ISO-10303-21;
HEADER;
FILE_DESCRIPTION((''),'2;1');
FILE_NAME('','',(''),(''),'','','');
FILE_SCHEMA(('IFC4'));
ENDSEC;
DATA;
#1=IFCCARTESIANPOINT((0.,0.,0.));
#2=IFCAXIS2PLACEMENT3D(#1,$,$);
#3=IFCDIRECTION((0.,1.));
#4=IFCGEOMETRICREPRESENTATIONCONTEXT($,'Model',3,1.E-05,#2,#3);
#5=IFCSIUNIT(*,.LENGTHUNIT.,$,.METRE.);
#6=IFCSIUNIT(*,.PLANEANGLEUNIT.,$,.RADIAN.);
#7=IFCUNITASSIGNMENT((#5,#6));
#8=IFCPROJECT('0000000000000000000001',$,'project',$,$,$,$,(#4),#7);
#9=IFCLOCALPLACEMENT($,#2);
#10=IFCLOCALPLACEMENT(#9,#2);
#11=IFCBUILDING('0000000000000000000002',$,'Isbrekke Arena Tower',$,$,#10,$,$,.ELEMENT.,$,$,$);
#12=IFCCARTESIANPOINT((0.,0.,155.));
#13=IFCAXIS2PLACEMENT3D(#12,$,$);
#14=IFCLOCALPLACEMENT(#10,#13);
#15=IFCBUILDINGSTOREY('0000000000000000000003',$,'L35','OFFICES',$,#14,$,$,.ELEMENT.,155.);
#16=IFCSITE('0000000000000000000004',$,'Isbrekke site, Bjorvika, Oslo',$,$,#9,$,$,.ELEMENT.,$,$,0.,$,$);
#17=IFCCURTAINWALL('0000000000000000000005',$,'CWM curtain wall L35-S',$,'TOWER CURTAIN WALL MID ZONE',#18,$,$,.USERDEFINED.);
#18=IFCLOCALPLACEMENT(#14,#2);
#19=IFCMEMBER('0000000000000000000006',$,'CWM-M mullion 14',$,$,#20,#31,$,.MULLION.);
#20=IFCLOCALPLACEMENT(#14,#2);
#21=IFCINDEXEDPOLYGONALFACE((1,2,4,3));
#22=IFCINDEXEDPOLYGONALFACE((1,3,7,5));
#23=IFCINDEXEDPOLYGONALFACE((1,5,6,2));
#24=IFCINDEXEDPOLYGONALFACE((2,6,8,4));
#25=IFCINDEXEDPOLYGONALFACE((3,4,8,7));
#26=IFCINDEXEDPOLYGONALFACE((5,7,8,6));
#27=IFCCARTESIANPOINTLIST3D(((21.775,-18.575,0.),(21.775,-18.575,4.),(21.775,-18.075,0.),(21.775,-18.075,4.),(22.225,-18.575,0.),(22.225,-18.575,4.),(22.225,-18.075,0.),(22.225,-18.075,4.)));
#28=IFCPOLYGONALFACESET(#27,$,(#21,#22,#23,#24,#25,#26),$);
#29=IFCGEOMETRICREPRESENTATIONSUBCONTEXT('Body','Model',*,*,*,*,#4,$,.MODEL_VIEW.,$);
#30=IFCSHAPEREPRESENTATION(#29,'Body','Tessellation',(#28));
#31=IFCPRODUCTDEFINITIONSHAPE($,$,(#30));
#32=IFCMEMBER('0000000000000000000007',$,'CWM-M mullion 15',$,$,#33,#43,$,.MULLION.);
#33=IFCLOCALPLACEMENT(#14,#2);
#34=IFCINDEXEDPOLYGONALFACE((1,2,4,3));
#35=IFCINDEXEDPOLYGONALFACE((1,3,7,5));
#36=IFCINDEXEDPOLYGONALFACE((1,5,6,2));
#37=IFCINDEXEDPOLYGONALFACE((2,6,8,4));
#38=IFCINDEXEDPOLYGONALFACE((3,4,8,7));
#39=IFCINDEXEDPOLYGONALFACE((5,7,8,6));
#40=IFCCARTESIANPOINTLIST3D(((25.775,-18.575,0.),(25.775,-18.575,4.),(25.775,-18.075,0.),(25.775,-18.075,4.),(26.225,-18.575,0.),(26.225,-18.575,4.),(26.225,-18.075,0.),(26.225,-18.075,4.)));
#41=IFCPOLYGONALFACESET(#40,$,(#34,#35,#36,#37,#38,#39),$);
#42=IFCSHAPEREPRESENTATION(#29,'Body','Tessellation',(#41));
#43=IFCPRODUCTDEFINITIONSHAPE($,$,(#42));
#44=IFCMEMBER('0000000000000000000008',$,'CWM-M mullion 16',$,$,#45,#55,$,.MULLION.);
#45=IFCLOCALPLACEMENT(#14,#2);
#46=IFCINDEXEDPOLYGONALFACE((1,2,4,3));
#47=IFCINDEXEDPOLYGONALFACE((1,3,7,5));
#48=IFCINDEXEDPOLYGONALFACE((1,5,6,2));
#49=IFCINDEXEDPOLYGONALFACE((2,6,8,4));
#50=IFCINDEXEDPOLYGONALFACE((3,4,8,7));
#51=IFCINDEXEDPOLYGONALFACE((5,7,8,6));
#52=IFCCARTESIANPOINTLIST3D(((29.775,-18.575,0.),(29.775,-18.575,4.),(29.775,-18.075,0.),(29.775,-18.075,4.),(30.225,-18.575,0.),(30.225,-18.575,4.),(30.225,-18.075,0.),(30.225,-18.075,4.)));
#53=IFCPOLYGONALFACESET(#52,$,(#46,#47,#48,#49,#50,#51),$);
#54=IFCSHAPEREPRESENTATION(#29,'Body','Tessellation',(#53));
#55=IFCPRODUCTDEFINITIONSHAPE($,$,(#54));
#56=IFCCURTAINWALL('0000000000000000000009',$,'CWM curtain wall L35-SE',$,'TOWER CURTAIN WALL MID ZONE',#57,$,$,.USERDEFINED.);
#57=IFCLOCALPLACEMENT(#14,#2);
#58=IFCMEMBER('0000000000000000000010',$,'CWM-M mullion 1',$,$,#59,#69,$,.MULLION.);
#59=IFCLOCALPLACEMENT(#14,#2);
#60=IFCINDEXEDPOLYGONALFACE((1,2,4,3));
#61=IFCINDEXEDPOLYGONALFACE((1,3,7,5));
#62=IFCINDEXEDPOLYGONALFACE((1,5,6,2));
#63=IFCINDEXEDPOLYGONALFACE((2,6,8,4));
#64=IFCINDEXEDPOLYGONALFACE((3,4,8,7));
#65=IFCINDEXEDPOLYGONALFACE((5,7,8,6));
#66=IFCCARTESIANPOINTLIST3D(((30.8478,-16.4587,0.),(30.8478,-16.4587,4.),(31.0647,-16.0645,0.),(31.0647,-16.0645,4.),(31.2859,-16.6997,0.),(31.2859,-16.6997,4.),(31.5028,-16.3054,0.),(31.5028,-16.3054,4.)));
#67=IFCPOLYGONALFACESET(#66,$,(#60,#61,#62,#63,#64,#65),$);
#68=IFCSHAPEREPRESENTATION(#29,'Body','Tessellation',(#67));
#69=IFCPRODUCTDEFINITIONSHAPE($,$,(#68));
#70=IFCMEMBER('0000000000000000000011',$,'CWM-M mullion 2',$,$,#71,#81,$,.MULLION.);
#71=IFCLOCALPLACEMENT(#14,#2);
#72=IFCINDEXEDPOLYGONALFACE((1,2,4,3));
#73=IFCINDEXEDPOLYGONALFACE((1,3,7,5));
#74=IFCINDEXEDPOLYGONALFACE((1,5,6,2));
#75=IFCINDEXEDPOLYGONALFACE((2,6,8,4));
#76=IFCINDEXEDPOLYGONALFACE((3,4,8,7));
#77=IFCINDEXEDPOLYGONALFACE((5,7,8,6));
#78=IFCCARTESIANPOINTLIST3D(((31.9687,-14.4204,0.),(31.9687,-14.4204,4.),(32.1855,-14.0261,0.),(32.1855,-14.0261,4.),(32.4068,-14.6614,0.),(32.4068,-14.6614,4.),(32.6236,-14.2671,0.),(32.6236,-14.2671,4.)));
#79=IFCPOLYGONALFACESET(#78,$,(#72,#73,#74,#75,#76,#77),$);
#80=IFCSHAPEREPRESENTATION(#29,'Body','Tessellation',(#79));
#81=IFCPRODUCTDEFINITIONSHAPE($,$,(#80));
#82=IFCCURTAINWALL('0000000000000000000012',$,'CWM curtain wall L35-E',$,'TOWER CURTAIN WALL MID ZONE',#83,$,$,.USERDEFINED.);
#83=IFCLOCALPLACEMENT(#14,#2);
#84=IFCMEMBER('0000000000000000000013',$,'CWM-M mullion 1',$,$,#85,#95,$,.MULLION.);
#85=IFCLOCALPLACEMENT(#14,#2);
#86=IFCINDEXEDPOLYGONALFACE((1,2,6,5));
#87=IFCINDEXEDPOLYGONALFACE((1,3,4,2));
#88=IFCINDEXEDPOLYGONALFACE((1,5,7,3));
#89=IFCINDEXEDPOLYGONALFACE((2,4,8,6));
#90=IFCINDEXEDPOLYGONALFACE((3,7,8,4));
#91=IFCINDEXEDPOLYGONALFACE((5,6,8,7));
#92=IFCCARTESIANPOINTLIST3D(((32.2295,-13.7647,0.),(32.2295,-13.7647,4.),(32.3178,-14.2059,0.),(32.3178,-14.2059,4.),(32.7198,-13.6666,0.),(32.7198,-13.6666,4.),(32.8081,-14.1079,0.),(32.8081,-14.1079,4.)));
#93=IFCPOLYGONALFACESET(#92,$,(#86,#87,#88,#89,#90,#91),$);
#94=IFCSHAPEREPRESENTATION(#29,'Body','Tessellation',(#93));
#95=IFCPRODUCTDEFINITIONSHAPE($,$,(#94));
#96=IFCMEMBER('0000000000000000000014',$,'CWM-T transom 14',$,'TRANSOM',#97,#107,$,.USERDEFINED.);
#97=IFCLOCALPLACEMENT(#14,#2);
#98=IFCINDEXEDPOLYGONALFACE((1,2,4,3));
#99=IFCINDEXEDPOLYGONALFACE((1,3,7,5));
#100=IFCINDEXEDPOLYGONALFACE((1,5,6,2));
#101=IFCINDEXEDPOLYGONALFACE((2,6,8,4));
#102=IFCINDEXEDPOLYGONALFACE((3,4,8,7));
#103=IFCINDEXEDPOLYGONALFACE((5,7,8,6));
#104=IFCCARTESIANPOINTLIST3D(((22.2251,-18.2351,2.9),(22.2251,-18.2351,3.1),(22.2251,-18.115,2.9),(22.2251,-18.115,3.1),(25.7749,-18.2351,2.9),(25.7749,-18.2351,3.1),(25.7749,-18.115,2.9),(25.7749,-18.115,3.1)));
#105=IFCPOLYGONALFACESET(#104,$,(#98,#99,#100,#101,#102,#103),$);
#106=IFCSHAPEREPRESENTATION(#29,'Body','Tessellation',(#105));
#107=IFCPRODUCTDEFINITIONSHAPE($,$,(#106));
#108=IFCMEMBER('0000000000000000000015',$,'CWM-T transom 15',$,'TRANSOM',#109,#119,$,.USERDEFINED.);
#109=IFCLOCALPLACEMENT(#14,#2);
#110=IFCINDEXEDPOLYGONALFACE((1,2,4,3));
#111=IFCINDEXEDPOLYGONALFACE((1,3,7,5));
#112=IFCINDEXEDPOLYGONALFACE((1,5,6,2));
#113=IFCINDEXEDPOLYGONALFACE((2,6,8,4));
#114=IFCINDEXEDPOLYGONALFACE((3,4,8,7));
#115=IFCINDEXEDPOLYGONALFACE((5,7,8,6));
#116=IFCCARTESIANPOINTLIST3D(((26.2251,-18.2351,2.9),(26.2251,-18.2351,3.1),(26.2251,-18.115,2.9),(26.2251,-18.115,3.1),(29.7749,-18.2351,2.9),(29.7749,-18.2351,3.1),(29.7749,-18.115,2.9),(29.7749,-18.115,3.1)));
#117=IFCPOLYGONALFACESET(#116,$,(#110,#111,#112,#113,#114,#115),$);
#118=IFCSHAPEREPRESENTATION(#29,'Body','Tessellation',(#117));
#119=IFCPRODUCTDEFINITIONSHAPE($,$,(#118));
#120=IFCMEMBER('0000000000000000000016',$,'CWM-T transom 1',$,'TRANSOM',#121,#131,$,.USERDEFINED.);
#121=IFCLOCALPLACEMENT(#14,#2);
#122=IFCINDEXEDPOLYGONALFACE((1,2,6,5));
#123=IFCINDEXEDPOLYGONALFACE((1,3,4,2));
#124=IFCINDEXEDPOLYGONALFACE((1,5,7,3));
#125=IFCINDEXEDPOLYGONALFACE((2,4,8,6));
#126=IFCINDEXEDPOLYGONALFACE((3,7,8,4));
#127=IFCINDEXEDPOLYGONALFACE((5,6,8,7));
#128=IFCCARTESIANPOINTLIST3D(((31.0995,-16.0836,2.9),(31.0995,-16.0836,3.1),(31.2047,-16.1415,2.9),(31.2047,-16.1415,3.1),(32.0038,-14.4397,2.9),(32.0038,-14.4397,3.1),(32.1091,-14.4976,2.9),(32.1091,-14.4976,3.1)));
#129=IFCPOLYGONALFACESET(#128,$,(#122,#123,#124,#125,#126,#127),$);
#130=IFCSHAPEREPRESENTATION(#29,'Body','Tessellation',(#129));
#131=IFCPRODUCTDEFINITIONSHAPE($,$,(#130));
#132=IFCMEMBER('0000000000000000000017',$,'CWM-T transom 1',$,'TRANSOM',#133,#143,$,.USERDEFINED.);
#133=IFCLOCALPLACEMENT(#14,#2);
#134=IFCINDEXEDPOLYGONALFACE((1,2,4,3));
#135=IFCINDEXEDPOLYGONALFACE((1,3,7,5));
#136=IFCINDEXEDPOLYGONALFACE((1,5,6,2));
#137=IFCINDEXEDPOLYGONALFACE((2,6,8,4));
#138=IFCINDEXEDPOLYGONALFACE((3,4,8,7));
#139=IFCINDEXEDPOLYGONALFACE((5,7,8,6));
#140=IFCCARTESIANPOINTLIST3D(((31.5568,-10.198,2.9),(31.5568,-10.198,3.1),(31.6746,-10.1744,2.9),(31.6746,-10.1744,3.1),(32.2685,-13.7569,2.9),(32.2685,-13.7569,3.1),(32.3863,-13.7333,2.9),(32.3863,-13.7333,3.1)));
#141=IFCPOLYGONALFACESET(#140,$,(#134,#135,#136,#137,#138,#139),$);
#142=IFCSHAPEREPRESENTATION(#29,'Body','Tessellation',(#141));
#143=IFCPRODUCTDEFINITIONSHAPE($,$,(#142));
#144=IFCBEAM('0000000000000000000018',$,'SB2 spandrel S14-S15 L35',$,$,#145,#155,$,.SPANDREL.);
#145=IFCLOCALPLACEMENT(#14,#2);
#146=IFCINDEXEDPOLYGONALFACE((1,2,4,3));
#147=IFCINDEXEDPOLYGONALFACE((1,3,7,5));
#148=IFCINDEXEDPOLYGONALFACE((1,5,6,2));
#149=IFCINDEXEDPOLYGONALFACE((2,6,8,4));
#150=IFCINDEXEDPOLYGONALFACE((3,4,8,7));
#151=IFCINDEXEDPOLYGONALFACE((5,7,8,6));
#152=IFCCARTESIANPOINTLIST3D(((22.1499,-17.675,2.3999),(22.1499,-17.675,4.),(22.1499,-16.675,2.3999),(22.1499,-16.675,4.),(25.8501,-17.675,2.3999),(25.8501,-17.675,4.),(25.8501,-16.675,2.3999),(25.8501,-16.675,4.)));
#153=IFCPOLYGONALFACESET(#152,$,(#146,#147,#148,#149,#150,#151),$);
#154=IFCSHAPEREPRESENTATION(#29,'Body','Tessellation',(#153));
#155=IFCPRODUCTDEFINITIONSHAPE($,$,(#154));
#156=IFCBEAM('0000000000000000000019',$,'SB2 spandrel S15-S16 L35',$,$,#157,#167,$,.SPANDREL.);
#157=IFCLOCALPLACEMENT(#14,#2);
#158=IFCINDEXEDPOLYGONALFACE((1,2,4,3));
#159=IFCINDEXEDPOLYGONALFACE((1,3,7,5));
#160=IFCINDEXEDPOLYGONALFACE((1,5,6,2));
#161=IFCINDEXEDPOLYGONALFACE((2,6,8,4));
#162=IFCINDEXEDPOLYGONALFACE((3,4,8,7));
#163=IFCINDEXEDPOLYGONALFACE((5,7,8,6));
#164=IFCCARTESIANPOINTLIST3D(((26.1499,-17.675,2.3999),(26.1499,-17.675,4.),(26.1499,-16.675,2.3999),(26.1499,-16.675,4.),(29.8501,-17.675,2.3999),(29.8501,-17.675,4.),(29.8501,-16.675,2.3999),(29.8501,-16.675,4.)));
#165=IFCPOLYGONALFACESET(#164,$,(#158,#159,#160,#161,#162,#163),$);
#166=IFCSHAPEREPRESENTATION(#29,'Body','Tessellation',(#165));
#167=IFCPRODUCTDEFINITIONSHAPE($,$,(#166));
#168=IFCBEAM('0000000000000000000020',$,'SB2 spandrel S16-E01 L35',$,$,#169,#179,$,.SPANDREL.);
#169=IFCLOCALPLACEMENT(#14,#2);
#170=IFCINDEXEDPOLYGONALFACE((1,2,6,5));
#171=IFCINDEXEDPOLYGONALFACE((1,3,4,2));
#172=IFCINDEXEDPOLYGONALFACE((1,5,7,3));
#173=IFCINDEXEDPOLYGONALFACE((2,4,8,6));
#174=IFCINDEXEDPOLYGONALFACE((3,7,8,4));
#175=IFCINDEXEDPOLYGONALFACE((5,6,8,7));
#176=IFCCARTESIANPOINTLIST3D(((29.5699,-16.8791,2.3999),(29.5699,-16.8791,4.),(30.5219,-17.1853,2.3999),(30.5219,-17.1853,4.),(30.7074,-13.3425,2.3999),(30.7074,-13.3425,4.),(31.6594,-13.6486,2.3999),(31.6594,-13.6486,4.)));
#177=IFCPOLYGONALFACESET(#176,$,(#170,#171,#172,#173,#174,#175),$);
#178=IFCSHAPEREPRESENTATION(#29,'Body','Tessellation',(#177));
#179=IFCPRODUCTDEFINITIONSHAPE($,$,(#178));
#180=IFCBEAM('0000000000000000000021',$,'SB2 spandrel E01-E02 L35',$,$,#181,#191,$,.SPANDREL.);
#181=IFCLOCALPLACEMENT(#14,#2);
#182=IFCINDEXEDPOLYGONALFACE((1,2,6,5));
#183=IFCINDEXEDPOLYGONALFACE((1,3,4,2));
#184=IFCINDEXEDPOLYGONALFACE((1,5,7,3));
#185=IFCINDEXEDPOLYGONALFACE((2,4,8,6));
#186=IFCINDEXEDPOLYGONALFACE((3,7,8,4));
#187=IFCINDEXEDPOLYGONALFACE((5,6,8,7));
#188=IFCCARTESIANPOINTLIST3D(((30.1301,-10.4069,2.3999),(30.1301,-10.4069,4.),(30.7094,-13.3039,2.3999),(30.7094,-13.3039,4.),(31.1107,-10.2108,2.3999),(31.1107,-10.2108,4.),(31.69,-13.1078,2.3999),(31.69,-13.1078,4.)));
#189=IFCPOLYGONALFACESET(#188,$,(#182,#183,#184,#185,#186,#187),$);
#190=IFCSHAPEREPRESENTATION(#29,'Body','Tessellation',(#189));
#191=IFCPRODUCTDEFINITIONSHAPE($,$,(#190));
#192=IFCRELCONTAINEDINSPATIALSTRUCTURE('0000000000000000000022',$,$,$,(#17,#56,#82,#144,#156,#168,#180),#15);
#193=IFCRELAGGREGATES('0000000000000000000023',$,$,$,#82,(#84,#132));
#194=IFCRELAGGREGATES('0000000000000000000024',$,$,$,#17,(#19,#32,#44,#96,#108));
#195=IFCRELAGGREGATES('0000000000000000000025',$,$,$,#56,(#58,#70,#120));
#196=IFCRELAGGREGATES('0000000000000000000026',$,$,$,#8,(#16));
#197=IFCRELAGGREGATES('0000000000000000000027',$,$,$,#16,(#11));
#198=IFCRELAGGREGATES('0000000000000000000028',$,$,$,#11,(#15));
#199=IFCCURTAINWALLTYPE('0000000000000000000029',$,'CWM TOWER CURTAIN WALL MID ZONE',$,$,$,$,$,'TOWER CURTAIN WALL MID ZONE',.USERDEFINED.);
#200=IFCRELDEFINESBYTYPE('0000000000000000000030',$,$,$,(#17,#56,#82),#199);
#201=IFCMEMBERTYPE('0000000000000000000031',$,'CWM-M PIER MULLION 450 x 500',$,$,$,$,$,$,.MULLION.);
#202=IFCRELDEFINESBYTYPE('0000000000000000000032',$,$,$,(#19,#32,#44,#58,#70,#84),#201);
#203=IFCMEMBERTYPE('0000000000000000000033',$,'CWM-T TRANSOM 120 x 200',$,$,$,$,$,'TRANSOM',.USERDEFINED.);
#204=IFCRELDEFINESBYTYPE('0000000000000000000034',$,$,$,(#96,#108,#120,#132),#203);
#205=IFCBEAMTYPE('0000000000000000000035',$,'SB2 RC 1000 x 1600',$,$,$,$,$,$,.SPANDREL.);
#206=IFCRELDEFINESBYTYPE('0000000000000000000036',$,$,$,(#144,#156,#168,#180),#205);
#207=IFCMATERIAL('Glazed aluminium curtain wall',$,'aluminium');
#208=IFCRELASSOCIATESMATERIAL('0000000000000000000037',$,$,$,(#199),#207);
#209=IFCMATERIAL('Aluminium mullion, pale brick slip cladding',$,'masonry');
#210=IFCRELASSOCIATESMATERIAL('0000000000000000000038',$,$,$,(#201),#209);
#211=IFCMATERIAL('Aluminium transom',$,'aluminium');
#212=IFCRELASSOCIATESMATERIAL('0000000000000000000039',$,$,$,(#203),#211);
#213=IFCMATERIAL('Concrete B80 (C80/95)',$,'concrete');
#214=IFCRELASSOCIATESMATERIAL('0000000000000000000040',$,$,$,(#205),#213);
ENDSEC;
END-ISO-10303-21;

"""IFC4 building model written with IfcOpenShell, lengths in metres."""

from ifc_helpers import new_model, si_unit, direction, frame, origin, origin_2d, place, context, subcontext, project, spatial, rectangle, extrude, material, material_profile, profile_set, type_object, element, aggregate, save


model = new_model("IFC4")

# Units and contexts
model_context = context("Model", 3, precision=1e-05, world=origin(), true_north=direction((0.0, 1.0)))
body_context = subcontext(model_context, "Body", "Model", "MODEL_VIEW")
ifc_project = project(units=[si_unit("LENGTHUNIT", "METRE"), si_unit("PLANEANGLEUNIT", "RADIAN")], contexts=[model_context])

# Site, building, storey
site_placement = place(None, origin())
site = spatial("IfcSite", under=ifc_project, at=site_placement, Name="Isbrekke site, Bjorvika, Oslo", CompositionType="ELEMENT", RefElevation=0.0)
building_placement = place(site_placement, origin())
building = spatial("IfcBuilding", under=site, at=building_placement, Name="Isbrekke Arena Tower", CompositionType="ELEMENT")
storey_placement = place(building_placement, frame((0.0, 0.0, 155.0)))
storey = spatial("IfcBuildingStorey", under=building, at=storey_placement, Name="L35", Description="OFFICES", CompositionType="ELEMENT", Elevation=155.0)

# Curtain walls, members
ifc_material_1 = material(Name="Glazed aluminium curtain wall", Category="aluminium")
curtain_wall_type = type_object("IfcCurtainWallType", Name="CWM TOWER CURTAIN WALL MID ZONE", ElementType="TOWER CURTAIN WALL MID ZONE", PredefinedType="USERDEFINED", material=ifc_material_1)
curtain_wall_1_placement = place(storey_placement, origin())
curtain_wall_1 = element("IfcCurtainWall", 1, at=curtain_wall_1_placement, inside=storey, type_object=curtain_wall_type, Name="CWM curtain wall L35-S", ObjectType="TOWER CURTAIN WALL MID ZONE", PredefinedType="USERDEFINED")
ifc_material_2 = material(Name="Aluminium mullion, pale brick slip cladding", Category="masonry")
ifc_material_profile_1 = material_profile(ifc_material_2, rectangle(XDim=0.45, YDim=0.5, at=origin_2d()), Name="PIER 450X500")
ifc_profile_set_1 = profile_set([ifc_material_profile_1], Name="Aluminium mullion, pale brick slip cladding")
member_type_1 = type_object("IfcMemberType", Name="CWM-M PIER MULLION 450 x 500", PredefinedType="MULLION", material=ifc_profile_set_1)
member_1_placement = place(storey_placement, frame((22.0, -18.325, 0.0), z_axis=(0.0, 0.0, 1.0), x_axis=(1.0, 0.0, 0.0)))
member_1 = element("IfcMember", 2, at=member_1_placement, type_object=member_type_1, Name="CWM-M mullion 14", PredefinedType="MULLION", context=body_context, shape_type="SweptSolid", body=[
    extrude(rectangle(XDim=0.45, YDim=0.5, at=origin_2d()), origin(), (0.0, 0.0, 1.0), 4.0),
])
member_2_placement = place(storey_placement, frame((26.0, -18.325, 0.0), z_axis=(0.0, 0.0, 1.0), x_axis=(1.0, 0.0, 0.0)))
member_2 = element("IfcMember", 3, at=member_2_placement, type_object=member_type_1, Name="CWM-M mullion 15", PredefinedType="MULLION", context=body_context, shape_type="SweptSolid", body=[
    extrude(rectangle(XDim=0.45, YDim=0.5, at=origin_2d()), origin(), (0.0, 0.0, 1.0), 4.0),
])
member_3_placement = place(storey_placement, frame((30.0, -18.325, 0.0), z_axis=(0.0, 0.0, 1.0), x_axis=(1.0, 0.0, 0.0)))
member_3 = element("IfcMember", 4, at=member_3_placement, type_object=member_type_1, Name="CWM-M mullion 16", PredefinedType="MULLION", context=body_context, shape_type="SweptSolid", body=[
    extrude(rectangle(XDim=0.45, YDim=0.5, at=origin_2d()), origin(), (0.0, 0.0, 1.0), 4.0),
])
curtain_wall_2_placement = place(storey_placement, origin())
curtain_wall_2 = element("IfcCurtainWall", 5, at=curtain_wall_2_placement, inside=storey, type_object=curtain_wall_type, Name="CWM curtain wall L35-SE", ObjectType="TOWER CURTAIN WALL MID ZONE", PredefinedType="USERDEFINED")
member_4_placement = place(storey_placement, frame((31.1753, -16.3821, 0.0), z_axis=(0.0, 0.0, 1.0), x_axis=(0.481919, 0.876216, 0.0)))
member_4 = element("IfcMember", 6, at=member_4_placement, type_object=member_type_1, Name="CWM-M mullion 1", PredefinedType="MULLION", context=body_context, shape_type="SweptSolid", body=[
    extrude(rectangle(XDim=0.45, YDim=0.5, at=origin_2d()), origin(), (0.0, 0.0, 1.0), 4.0),
])
member_5_placement = place(storey_placement, frame((32.2961, -14.3438, 0.0), z_axis=(0.0, 0.0, 1.0), x_axis=(0.481919, 0.876216, 0.0)))
member_5 = element("IfcMember", 7, at=member_5_placement, type_object=member_type_1, Name="CWM-M mullion 2", PredefinedType="MULLION", context=body_context, shape_type="SweptSolid", body=[
    extrude(rectangle(XDim=0.45, YDim=0.5, at=origin_2d()), origin(), (0.0, 0.0, 1.0), 4.0),
])

# Curtain wall, member
curtain_wall_3_placement = place(storey_placement, origin())
curtain_wall_3 = element("IfcCurtainWall", 8, at=curtain_wall_3_placement, inside=storey, type_object=curtain_wall_type, Name="CWM curtain wall L35-E", ObjectType="TOWER CURTAIN WALL MID ZONE", PredefinedType="USERDEFINED")
member_6_placement = place(storey_placement, frame((32.5188, -13.9363, 0.0), z_axis=(0.0, 0.0, 1.0), x_axis=(-0.196116, 0.980581, 0.0)))
member_6 = element("IfcMember", 9, at=member_6_placement, type_object=member_type_1, Name="CWM-M mullion 1", PredefinedType="MULLION", context=body_context, shape_type="SweptSolid", body=[
    extrude(rectangle(XDim=0.45, YDim=0.5, at=origin_2d()), origin(), (0.0, 0.0, 1.0), 4.0),
])

# Members
ifc_material_3 = material(Name="Aluminium transom", Category="aluminium")
ifc_material_profile_2 = material_profile(ifc_material_3, rectangle(XDim=0.1201, YDim=0.2, at=origin_2d()), Name="TRANSOM 120X200")
ifc_profile_set_2 = profile_set([ifc_material_profile_2], Name="Aluminium transom")
member_type_2 = type_object("IfcMemberType", Name="CWM-T TRANSOM 120 x 200", ElementType="TRANSOM", PredefinedType="USERDEFINED", material=ifc_profile_set_2)
member_7_placement = place(storey_placement, frame((22.2251, -18.175, 3.0), z_axis=(1.0, 0.0, 0.0), x_axis=(0.0, 1.0, 0.0)))
member_7 = element("IfcMember", 10, at=member_7_placement, type_object=member_type_2, Name="CWM-T transom 14", ObjectType="TRANSOM", PredefinedType="USERDEFINED", context=body_context, shape_type="SweptSolid", body=[
    extrude(rectangle(XDim=0.1201, YDim=0.2, at=origin_2d()), origin(), (0.0, 0.0, 1.0), 3.5498),
])
member_8_placement = place(storey_placement, frame((26.2251, -18.175, 3.0), z_axis=(1.0, 0.0, 0.0), x_axis=(0.0, 1.0, 0.0)))
member_8 = element("IfcMember", 11, at=member_8_placement, type_object=member_type_2, Name="CWM-T transom 15", ObjectType="TRANSOM", PredefinedType="USERDEFINED", context=body_context, shape_type="SweptSolid", body=[
    extrude(rectangle(XDim=0.1201, YDim=0.2, at=origin_2d()), origin(), (0.0, 0.0, 1.0), 3.5498),
])
member_9_placement = place(storey_placement, frame((31.1521, -16.1125, 3.0), z_axis=(0.482004, 0.876169, 0.0), x_axis=(-0.876169, 0.482004, 0.0)))
member_9 = element("IfcMember", 12, at=member_9_placement, type_object=member_type_2, Name="CWM-T transom 1", ObjectType="TRANSOM", PredefinedType="USERDEFINED", context=body_context, shape_type="SweptSolid", body=[
    extrude(rectangle(XDim=0.1201, YDim=0.2, at=origin_2d()), origin(), (0.0, 0.0, 1.0), 1.8762),
])
member_10_placement = place(storey_placement, frame((32.3274, -13.7451, 3.0), z_axis=(-0.19609, 0.980586, 0.0), x_axis=(-0.980586, -0.19609, 0.0)))
member_10 = element("IfcMember", 13, at=member_10_placement, type_object=member_type_2, Name="CWM-T transom 1", ObjectType="TRANSOM", PredefinedType="USERDEFINED", context=body_context, shape_type="SweptSolid", body=[
    extrude(rectangle(XDim=0.1201, YDim=0.2, at=origin_2d()), origin(), (0.0, 0.0, 1.0), 3.6294),
])
aggregate(curtain_wall_3, [member_6, member_10])

# Beams
ifc_material_4 = material(Name="Concrete B80 (C80/95)", Category="concrete")
ifc_material_profile_3 = material_profile(ifc_material_4, rectangle(XDim=1.0, YDim=1.6001, at=origin_2d()), Name="RC 1000x1600")
ifc_profile_set_3 = profile_set([ifc_material_profile_3], Name="Concrete B80 (C80/95)")
beam_type_1 = type_object("IfcBeamType", Name="SB2 RC 1000 x 1600", PredefinedType="SPANDREL", material=ifc_profile_set_3)
for number, where, z_axis, x_axis, name in (
    (14, (22.1499, -17.175, 3.2), (1.0, 0.0, 0.0), (0.0, 1.0, 0.0), "SB2 spandrel S14-S15 L35"),
    (15, (26.1499, -17.175, 3.2), (1.0, 0.0, 0.0), (0.0, 1.0, 0.0), "SB2 spandrel S15-S16 L35"),
):
    element("IfcBeam", number, at=place(storey_placement, frame(where, z_axis=z_axis, x_axis=x_axis)), inside=storey, type_object=beam_type_1, Name=name, PredefinedType="SPANDREL", context=body_context, shape_type="SweptSolid", body=[
        extrude(rectangle(XDim=1.0, YDim=1.6001, at=origin_2d()), origin(), (0.0, 0.0, 1.0), 3.7002),
    ])
beam_1_placement = place(storey_placement, frame((30.0459, -17.0322, 3.2), z_axis=(0.306175, 0.951975, 0.0), x_axis=(-0.951975, 0.306175, 0.0)))
element("IfcBeam", 16, at=beam_1_placement, inside=storey, type_object=beam_type_1, Name="SB2 spandrel S16-E01 L35", PredefinedType="SPANDREL", context=body_context, shape_type="SweptSolid", body=[
    extrude(rectangle(XDim=1.0, YDim=1.6001, at=origin_2d()), origin(), (0.0, 0.0, 1.0), 3.7151),
])
beam_2_placement = place(storey_placement, frame((31.1997, -13.2058, 3.2), z_axis=(-0.1961, 0.980584, 0.0), x_axis=(-0.980584, -0.1961, 0.0)))
element("IfcBeam", 17, at=beam_2_placement, inside=storey, type_object=beam_type_1, Name="SB2 spandrel E01-E02 L35", PredefinedType="SPANDREL", context=body_context, shape_type="SweptSolid", body=[
    extrude(rectangle(XDim=1.0, YDim=1.6001, at=origin_2d()), origin(), (0.0, 0.0, 1.0), 2.9543),
])

aggregate(curtain_wall_1, [member_1, member_2, member_3, member_7, member_8])
aggregate(curtain_wall_2, [member_4, member_5, member_9])

save(model, "model.ifc")
